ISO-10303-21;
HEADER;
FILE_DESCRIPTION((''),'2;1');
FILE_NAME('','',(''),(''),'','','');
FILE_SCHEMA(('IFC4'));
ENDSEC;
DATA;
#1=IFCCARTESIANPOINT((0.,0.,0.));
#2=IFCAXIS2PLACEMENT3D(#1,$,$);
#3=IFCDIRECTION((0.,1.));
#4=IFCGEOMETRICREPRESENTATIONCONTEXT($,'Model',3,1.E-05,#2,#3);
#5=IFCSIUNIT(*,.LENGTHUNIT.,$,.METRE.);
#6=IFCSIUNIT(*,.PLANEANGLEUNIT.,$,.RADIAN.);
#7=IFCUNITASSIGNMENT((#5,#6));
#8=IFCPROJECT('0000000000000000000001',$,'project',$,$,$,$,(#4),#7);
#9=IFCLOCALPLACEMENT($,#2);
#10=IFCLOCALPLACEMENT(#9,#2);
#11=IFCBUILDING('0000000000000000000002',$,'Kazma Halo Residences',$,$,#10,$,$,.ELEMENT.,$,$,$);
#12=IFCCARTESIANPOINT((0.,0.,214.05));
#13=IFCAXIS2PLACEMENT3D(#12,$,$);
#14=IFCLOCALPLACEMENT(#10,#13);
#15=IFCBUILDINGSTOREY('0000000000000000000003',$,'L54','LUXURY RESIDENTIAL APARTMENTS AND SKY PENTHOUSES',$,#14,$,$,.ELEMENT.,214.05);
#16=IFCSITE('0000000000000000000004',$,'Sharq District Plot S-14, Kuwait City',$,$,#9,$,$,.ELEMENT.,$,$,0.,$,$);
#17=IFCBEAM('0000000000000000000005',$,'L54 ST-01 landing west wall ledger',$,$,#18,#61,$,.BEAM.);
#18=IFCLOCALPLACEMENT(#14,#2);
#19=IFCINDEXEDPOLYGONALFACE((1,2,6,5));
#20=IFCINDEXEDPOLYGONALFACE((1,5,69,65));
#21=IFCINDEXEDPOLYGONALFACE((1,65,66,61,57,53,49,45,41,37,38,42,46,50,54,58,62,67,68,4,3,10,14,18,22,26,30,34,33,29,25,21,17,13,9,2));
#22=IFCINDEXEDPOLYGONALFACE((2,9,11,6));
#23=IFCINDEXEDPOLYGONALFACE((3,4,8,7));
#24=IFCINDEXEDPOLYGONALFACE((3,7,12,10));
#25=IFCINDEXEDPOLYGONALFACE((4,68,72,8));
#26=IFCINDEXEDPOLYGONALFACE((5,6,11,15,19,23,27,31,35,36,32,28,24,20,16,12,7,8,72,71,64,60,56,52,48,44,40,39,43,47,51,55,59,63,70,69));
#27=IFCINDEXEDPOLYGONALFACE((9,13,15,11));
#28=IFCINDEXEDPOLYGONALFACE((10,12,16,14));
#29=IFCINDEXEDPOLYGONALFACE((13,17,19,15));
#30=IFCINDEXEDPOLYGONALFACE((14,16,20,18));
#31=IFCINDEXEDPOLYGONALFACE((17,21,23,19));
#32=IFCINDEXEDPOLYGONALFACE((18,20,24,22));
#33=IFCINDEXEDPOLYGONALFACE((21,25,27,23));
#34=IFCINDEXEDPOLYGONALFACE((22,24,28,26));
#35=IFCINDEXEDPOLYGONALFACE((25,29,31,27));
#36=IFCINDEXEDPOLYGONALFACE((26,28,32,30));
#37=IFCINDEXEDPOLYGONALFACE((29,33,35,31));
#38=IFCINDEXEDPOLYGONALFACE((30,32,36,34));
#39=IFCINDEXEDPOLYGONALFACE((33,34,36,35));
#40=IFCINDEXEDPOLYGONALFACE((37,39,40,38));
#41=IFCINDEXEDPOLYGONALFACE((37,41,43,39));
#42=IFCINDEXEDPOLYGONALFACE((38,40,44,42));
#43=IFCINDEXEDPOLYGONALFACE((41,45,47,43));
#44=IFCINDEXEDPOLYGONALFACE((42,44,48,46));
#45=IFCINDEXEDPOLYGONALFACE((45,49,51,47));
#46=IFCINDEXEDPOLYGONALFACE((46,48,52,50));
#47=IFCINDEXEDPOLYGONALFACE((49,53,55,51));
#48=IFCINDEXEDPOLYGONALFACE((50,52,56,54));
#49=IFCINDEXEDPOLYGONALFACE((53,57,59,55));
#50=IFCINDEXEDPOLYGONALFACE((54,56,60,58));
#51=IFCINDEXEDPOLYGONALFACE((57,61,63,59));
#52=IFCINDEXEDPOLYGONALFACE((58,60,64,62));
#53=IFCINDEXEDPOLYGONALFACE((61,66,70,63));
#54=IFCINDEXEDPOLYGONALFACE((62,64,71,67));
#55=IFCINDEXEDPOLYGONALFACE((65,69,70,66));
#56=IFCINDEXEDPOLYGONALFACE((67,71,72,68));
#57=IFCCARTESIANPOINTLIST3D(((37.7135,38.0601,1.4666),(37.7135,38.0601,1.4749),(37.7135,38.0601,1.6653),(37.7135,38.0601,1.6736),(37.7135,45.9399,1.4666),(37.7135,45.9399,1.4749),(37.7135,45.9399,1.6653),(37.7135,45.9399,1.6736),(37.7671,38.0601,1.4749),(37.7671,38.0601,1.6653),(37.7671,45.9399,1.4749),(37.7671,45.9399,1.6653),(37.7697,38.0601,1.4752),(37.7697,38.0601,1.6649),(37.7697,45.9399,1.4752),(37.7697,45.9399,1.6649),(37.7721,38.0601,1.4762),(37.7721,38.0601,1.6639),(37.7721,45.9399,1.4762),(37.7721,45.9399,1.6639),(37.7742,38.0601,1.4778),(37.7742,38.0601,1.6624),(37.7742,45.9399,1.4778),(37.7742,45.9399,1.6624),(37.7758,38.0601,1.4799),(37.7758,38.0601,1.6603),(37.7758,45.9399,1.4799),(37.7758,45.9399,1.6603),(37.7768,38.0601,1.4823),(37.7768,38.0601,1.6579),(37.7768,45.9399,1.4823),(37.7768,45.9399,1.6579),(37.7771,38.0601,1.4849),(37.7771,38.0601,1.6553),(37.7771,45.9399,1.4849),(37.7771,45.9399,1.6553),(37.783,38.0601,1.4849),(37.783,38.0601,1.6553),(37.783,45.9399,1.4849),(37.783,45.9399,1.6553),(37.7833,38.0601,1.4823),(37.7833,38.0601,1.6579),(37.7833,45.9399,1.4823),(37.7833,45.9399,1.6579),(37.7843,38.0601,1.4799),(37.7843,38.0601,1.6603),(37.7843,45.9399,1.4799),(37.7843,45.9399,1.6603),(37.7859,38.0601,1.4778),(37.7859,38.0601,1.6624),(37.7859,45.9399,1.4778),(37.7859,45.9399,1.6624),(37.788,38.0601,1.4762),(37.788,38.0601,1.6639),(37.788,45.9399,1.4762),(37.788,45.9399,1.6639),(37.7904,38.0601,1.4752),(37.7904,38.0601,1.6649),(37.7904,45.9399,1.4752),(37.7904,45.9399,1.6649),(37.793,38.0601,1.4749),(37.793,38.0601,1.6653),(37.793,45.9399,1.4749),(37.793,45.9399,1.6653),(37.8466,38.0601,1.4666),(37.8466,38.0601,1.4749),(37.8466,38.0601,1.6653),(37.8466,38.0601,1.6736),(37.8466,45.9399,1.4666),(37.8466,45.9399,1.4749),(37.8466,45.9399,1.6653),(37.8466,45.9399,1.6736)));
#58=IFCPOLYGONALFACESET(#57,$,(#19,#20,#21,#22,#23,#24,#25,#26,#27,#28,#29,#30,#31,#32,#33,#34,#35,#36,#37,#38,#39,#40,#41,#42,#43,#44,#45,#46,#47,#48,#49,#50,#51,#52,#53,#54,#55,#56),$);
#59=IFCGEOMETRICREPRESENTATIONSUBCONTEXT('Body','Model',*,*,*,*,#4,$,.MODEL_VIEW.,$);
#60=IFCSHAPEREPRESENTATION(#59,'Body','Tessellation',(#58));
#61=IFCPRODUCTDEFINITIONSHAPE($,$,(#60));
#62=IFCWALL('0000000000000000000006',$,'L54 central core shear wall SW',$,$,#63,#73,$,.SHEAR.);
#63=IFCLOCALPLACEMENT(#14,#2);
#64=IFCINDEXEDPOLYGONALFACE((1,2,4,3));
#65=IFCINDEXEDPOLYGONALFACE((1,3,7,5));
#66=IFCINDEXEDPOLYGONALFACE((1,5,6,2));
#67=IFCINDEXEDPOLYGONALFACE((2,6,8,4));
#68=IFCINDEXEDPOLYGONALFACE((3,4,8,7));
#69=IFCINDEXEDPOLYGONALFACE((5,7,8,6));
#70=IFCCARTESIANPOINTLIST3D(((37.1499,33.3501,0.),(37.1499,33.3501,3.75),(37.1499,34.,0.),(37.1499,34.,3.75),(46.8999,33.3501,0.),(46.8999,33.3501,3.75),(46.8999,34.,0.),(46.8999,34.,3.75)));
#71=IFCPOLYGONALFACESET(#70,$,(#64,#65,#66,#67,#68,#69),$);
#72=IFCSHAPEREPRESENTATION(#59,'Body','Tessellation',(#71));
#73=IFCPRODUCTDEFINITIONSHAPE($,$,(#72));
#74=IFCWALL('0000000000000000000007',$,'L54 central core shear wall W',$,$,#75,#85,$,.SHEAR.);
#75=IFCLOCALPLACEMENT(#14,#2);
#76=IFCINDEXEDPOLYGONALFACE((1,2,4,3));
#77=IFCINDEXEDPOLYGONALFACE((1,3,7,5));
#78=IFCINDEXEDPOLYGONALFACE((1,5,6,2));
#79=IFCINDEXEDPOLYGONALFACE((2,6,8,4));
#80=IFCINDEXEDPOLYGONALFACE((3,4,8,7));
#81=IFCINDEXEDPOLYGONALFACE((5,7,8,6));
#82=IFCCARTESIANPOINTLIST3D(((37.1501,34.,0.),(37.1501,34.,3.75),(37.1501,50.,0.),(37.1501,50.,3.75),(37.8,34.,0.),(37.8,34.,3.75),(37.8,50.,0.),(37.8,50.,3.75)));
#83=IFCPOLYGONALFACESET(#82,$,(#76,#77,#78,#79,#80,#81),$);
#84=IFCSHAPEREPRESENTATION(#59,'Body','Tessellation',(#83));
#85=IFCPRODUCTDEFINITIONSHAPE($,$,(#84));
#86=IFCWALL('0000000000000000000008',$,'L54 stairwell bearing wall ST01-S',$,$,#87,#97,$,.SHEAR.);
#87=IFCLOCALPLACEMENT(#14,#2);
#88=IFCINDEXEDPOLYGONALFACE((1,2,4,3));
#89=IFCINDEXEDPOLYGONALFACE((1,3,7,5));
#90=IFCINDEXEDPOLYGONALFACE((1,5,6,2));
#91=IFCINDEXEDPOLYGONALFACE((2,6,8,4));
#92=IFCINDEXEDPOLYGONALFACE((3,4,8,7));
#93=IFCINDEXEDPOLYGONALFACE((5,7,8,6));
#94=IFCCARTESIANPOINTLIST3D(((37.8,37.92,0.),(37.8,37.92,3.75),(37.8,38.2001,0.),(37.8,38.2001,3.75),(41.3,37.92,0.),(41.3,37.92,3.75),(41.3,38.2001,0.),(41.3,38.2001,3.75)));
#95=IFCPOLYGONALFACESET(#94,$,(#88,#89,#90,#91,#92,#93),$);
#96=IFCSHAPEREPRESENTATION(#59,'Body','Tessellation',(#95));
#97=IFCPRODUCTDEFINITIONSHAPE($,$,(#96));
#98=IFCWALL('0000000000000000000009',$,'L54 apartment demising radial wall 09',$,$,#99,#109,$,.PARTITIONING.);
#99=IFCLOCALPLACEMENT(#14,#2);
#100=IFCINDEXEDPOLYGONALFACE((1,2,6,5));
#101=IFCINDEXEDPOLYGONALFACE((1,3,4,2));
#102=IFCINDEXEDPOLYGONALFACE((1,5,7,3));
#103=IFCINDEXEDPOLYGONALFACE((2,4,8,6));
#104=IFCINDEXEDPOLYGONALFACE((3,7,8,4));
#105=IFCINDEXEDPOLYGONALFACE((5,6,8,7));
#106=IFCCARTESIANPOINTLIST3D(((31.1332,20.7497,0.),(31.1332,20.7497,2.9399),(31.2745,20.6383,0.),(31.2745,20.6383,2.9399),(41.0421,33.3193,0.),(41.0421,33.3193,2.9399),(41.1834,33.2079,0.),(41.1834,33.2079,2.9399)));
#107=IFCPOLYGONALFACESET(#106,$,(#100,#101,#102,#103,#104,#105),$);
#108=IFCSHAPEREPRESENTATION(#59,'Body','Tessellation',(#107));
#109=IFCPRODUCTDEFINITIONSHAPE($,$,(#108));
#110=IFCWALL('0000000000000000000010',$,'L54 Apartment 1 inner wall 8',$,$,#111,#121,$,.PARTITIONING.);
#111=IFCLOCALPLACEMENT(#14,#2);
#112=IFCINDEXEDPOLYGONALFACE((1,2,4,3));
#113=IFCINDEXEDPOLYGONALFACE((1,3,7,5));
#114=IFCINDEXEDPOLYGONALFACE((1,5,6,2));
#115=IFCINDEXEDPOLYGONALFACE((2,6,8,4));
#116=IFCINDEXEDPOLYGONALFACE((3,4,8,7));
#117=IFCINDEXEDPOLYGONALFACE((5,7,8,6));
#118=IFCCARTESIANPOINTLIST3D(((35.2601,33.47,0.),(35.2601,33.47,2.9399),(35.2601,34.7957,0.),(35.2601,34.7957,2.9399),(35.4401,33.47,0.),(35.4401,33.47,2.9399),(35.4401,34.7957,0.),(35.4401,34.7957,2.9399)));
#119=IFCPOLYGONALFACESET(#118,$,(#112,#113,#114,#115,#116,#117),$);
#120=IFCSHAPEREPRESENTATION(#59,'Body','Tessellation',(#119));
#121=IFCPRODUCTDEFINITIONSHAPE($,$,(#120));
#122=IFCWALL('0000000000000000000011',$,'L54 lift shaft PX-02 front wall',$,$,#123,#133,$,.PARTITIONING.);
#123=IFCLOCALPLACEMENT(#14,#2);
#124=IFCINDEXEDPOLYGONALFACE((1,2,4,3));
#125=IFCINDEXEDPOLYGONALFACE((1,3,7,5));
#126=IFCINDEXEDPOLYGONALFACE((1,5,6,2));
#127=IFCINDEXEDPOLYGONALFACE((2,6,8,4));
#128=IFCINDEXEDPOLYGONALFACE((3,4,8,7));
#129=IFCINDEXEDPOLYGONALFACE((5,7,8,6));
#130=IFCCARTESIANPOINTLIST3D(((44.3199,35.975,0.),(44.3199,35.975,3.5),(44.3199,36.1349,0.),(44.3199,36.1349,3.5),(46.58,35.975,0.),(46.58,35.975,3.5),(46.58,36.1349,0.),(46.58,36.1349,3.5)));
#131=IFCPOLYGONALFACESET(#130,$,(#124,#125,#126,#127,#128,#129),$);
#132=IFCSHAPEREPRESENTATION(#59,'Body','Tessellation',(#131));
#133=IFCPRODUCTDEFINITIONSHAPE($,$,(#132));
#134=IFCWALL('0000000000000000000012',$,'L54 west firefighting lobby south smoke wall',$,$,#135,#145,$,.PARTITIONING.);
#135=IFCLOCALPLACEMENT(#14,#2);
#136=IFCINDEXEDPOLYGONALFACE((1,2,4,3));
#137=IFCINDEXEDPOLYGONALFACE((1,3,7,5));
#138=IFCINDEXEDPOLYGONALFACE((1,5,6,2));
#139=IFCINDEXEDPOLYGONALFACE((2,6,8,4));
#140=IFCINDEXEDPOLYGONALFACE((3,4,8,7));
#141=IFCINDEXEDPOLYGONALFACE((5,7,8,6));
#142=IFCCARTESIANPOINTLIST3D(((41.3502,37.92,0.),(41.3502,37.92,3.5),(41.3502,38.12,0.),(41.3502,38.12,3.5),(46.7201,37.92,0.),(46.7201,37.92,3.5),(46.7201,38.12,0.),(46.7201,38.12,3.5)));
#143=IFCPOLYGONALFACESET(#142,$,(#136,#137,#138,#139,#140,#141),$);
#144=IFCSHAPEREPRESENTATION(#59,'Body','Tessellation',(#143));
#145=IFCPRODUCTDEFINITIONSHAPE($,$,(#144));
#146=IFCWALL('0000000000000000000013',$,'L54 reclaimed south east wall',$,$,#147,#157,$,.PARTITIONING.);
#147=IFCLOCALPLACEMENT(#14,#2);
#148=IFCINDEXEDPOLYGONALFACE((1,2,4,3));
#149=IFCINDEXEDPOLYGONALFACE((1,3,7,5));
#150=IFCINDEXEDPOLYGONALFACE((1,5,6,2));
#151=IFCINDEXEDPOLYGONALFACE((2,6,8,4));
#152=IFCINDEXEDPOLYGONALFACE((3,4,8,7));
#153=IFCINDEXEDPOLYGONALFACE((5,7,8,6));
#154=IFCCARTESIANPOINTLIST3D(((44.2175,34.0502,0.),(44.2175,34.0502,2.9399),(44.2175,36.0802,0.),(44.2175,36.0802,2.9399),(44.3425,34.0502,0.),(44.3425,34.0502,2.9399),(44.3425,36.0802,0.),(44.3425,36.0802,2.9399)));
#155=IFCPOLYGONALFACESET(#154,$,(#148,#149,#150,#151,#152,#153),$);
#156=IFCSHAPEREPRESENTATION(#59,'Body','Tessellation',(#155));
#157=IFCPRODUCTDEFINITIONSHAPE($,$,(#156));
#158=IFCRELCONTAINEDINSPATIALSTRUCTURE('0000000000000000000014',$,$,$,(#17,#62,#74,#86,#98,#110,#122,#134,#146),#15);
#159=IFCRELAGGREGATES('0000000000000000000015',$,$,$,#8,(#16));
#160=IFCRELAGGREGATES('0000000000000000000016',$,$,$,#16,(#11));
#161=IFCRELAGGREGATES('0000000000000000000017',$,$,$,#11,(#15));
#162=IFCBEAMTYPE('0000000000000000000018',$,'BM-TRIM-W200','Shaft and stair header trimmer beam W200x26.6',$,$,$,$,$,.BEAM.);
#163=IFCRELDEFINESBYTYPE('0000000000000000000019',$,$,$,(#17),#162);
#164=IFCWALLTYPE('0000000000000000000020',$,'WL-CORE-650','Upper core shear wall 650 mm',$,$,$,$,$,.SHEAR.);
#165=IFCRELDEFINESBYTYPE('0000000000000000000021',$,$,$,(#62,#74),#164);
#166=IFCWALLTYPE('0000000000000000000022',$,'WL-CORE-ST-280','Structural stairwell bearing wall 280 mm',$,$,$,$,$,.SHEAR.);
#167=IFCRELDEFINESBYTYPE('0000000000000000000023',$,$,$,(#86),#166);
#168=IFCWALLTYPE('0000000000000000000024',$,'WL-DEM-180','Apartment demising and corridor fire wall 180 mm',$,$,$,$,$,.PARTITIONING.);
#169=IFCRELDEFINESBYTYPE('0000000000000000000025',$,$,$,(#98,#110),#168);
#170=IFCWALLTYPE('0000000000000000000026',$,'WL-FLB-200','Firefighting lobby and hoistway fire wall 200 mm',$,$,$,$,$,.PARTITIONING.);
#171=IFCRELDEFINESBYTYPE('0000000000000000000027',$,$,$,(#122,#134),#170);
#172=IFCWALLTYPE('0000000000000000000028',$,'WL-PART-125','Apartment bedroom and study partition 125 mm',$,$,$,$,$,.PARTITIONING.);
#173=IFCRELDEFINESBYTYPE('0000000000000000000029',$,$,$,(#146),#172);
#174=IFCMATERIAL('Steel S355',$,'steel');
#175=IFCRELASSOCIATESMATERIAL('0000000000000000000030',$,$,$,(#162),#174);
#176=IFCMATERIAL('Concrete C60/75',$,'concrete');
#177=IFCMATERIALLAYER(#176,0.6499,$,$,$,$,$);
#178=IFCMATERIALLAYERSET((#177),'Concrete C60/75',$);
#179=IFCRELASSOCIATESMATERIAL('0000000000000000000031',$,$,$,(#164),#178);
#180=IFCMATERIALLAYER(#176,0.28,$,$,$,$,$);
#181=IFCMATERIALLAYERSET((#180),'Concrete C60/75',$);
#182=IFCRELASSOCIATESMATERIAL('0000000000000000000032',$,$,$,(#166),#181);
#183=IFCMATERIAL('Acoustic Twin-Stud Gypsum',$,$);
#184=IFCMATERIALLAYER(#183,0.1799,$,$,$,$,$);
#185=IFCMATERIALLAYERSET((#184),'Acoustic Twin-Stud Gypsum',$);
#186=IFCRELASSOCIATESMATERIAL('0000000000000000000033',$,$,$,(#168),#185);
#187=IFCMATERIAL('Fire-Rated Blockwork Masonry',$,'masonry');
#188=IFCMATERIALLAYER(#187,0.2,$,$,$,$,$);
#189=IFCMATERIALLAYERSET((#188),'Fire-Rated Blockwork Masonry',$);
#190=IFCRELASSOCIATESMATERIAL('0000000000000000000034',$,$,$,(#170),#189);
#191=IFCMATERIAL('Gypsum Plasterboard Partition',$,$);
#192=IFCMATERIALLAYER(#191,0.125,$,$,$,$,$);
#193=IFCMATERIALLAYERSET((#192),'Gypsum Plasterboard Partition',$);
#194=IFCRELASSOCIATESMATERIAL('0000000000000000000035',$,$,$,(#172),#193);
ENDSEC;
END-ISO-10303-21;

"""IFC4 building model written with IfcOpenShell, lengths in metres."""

from ifc_helpers import new_model, si_unit, direction, frame, frame_2d, origin, origin_2d, place, context, subcontext, project, spatial, rectangle, i_section, extrude, material, layer, layer_set, material_profile, profile_set, type_object, element, save


model = new_model("IFC4")

# Units and contexts
model_context = context("Model", 3, precision=1e-05, world=origin(), true_north=direction((0.0, 1.0)))
body_context = subcontext(model_context, "Body", "Model", "MODEL_VIEW")
ifc_project = project(units=[si_unit("LENGTHUNIT", "METRE"), si_unit("PLANEANGLEUNIT", "RADIAN")], contexts=[model_context])

# Site, building, storey
site_placement = place(None, origin())
site = spatial("IfcSite", under=ifc_project, at=site_placement, Name="Sharq District Plot S-14, Kuwait City", CompositionType="ELEMENT", RefElevation=0.0)
building_placement = place(site_placement, origin())
building = spatial("IfcBuilding", under=site, at=building_placement, Name="Kazma Halo Residences", CompositionType="ELEMENT")
storey_placement = place(building_placement, frame((0.0, 0.0, 214.05)))
storey = spatial("IfcBuildingStorey", under=building, at=storey_placement, Name="L54", Description="LUXURY RESIDENTIAL APARTMENTS AND SKY PENTHOUSES", CompositionType="ELEMENT", Elevation=214.05)

# Beam
ifc_material_1 = material(Name="Steel S355", Category="steel")
ifc_material_profile_1 = material_profile(ifc_material_1, i_section(OverallWidth=0.1331, OverallDepth=0.207, WebThickness=0.0059, FlangeThickness=0.0083, FilletRadius=0.01, at=origin_2d()), Name="W200x26.6")
ifc_profile_set_1 = profile_set([ifc_material_profile_1], Name="Steel S355")
beam_type_1 = type_object("IfcBeamType", Name="BM-TRIM-W200", Description="Shaft and stair header trimmer beam W200x26.6", PredefinedType="BEAM", material=ifc_profile_set_1)
beam_1_placement = place(storey_placement, frame((37.78, 38.0601, 1.5701), z_axis=(0.0, 1.0, 0.0), x_axis=(-1.0, 0.0, 0.0)))
element("IfcBeam", 1, at=beam_1_placement, inside=storey, type_object=beam_type_1, Name="L54 ST-01 landing west wall ledger", PredefinedType="BEAM", context=body_context, shape_type="SweptSolid", body=[
    extrude(i_section(OverallWidth=0.1331, OverallDepth=0.207, WebThickness=0.0059, FlangeThickness=0.0083, FilletRadius=0.01, at=origin_2d()), origin(), (0.0, 0.0, 1.0), 7.8799),
])

# Walls
ifc_material_2 = material(Name="Concrete C60/75", Category="concrete")
ifc_layer_1 = layer(ifc_material_2, 0.6499)
ifc_layer_set_1 = layer_set([ifc_layer_1], Name="Concrete C60/75")
wall_type_1 = type_object("IfcWallType", Name="WL-CORE-650", Description="Upper core shear wall 650 mm", PredefinedType="SHEAR", material=ifc_layer_set_1)
wall_1_placement = place(storey_placement, frame((37.1499, 33.675, 0.0), z_axis=(0.0, 0.0, 1.0), x_axis=(1.0, 0.0, 0.0)))
element("IfcWall", 2, at=wall_1_placement, inside=storey, type_object=wall_type_1, Name="L54 central core shear wall SW", PredefinedType="SHEAR", context=body_context, shape_type="SweptSolid", body=[
    extrude(rectangle(XDim=9.75, YDim=0.6499, at=frame_2d((4.875, 0.0))), origin(), (0.0, 0.0, 1.0), 3.75),
])
wall_2_placement = place(storey_placement, frame((37.4751, 34.0, 0.0), z_axis=(0.0, 0.0, 1.0), x_axis=(0.0, 1.0, 0.0)))
element("IfcWall", 3, at=wall_2_placement, inside=storey, type_object=wall_type_1, Name="L54 central core shear wall W", PredefinedType="SHEAR", context=body_context, shape_type="SweptSolid", body=[
    extrude(rectangle(XDim=16.0, YDim=0.6499, at=frame_2d((8.0, 0.0))), origin(), (0.0, 0.0, 1.0), 3.75),
])
ifc_layer_2 = layer(ifc_material_2, 0.28)
ifc_layer_set_2 = layer_set([ifc_layer_2], Name="Concrete C60/75")
wall_type_2 = type_object("IfcWallType", Name="WL-CORE-ST-280", Description="Structural stairwell bearing wall 280 mm", PredefinedType="SHEAR", material=ifc_layer_set_2)
wall_3_placement = place(storey_placement, frame((37.8, 38.0601, 0.0), z_axis=(0.0, 0.0, 1.0), x_axis=(1.0, 0.0, 0.0)))
element("IfcWall", 4, at=wall_3_placement, inside=storey, type_object=wall_type_2, Name="L54 stairwell bearing wall ST01-S", PredefinedType="SHEAR", context=body_context, shape_type="SweptSolid", body=[
    extrude(rectangle(XDim=3.5, YDim=0.28, at=frame_2d((1.75, 0.0))), origin(), (0.0, 0.0, 1.0), 3.75),
])
ifc_material_3 = material(Name="Acoustic Twin-Stud Gypsum")
ifc_layer_3 = layer(ifc_material_3, 0.1799)
ifc_layer_set_3 = layer_set([ifc_layer_3], Name="Acoustic Twin-Stud Gypsum")
wall_type_3 = type_object("IfcWallType", Name="WL-DEM-180", Description="Apartment demising and corridor fire wall 180 mm", PredefinedType="PARTITIONING", material=ifc_layer_set_3)
wall_4_placement = place(storey_placement, frame((41.1128, 33.2637, 0.0), z_axis=(0.0, 0.0, 1.0), x_axis=(-0.619089, -0.785321, 0.0)))
element("IfcWall", 5, at=wall_4_placement, inside=storey, type_object=wall_type_3, Name="L54 apartment demising radial wall 09", PredefinedType="PARTITIONING", context=body_context, shape_type="SweptSolid", body=[
    extrude(rectangle(XDim=16.0056, YDim=0.1799, at=frame_2d((8.0029, 0.0))), origin(), (0.0, 0.0, 1.0), 2.9399),
])
wall_5_placement = place(storey_placement, frame((35.3501, 34.7957, 0.0), z_axis=(0.0, 0.0, 1.0), x_axis=(0.0, -1.0, 0.0)))
element("IfcWall", 6, at=wall_5_placement, inside=storey, type_object=wall_type_3, Name="L54 Apartment 1 inner wall 8", PredefinedType="PARTITIONING", context=body_context, shape_type="SweptSolid", body=[
    extrude(rectangle(XDim=1.3257, YDim=0.1799, at=frame_2d((0.6628, 0.0))), origin(), (0.0, 0.0, 1.0), 2.9399),
])
ifc_material_4 = material(Name="Fire-Rated Blockwork Masonry", Category="masonry")
ifc_layer_4 = layer(ifc_material_4, 0.2)
ifc_layer_set_4 = layer_set([ifc_layer_4], Name="Fire-Rated Blockwork Masonry")
wall_type_4 = type_object("IfcWallType", Name="WL-FLB-200", Description="Firefighting lobby and hoistway fire wall 200 mm", PredefinedType="PARTITIONING", material=ifc_layer_set_4)
wall_6_placement = place(storey_placement, frame((44.3201, 36.0549, 0.0), z_axis=(0.0, 0.0, 1.0), x_axis=(1.0, 0.0, 0.0)))
element("IfcWall", 7, at=wall_6_placement, inside=storey, type_object=wall_type_4, Name="L54 lift shaft PX-02 front wall", PredefinedType="PARTITIONING", context=body_context, shape_type="SweptSolid", body=[
    extrude(rectangle(XDim=2.26, YDim=0.1599, at=frame_2d((1.1299, 0.0))), origin(), (0.0, 0.0, 1.0), 3.5),
])
wall_7_placement = place(storey_placement, frame((41.3501, 38.02, 0.0), z_axis=(0.0, 0.0, 1.0), x_axis=(1.0, 0.0, 0.0)))
element("IfcWall", 8, at=wall_7_placement, inside=storey, type_object=wall_type_4, Name="L54 west firefighting lobby south smoke wall", PredefinedType="PARTITIONING", context=body_context, shape_type="SweptSolid", body=[
    extrude(rectangle(XDim=5.3699, YDim=0.2, at=frame_2d((2.6851, 0.0))), origin(), (0.0, 0.0, 1.0), 3.5),
])
ifc_material_5 = material(Name="Gypsum Plasterboard Partition")
ifc_layer_5 = layer(ifc_material_5, 0.125)
ifc_layer_set_5 = layer_set([ifc_layer_5], Name="Gypsum Plasterboard Partition")
wall_type_5 = type_object("IfcWallType", Name="WL-PART-125", Description="Apartment bedroom and study partition 125 mm", PredefinedType="PARTITIONING", material=ifc_layer_set_5)
wall_8_placement = place(storey_placement, frame((44.28, 34.05, 0.0), z_axis=(0.0, 0.0, 1.0), x_axis=(0.0, 1.0, 0.0)))
element("IfcWall", 9, at=wall_8_placement, inside=storey, type_object=wall_type_5, Name="L54 reclaimed south east wall", PredefinedType="PARTITIONING", context=body_context, shape_type="SweptSolid", body=[
    extrude(rectangle(XDim=2.03, YDim=0.125, at=frame_2d((1.0151, 0.0))), origin(), (0.0, 0.0, 1.0), 2.9399),
])

save(model, "model.ifc")
